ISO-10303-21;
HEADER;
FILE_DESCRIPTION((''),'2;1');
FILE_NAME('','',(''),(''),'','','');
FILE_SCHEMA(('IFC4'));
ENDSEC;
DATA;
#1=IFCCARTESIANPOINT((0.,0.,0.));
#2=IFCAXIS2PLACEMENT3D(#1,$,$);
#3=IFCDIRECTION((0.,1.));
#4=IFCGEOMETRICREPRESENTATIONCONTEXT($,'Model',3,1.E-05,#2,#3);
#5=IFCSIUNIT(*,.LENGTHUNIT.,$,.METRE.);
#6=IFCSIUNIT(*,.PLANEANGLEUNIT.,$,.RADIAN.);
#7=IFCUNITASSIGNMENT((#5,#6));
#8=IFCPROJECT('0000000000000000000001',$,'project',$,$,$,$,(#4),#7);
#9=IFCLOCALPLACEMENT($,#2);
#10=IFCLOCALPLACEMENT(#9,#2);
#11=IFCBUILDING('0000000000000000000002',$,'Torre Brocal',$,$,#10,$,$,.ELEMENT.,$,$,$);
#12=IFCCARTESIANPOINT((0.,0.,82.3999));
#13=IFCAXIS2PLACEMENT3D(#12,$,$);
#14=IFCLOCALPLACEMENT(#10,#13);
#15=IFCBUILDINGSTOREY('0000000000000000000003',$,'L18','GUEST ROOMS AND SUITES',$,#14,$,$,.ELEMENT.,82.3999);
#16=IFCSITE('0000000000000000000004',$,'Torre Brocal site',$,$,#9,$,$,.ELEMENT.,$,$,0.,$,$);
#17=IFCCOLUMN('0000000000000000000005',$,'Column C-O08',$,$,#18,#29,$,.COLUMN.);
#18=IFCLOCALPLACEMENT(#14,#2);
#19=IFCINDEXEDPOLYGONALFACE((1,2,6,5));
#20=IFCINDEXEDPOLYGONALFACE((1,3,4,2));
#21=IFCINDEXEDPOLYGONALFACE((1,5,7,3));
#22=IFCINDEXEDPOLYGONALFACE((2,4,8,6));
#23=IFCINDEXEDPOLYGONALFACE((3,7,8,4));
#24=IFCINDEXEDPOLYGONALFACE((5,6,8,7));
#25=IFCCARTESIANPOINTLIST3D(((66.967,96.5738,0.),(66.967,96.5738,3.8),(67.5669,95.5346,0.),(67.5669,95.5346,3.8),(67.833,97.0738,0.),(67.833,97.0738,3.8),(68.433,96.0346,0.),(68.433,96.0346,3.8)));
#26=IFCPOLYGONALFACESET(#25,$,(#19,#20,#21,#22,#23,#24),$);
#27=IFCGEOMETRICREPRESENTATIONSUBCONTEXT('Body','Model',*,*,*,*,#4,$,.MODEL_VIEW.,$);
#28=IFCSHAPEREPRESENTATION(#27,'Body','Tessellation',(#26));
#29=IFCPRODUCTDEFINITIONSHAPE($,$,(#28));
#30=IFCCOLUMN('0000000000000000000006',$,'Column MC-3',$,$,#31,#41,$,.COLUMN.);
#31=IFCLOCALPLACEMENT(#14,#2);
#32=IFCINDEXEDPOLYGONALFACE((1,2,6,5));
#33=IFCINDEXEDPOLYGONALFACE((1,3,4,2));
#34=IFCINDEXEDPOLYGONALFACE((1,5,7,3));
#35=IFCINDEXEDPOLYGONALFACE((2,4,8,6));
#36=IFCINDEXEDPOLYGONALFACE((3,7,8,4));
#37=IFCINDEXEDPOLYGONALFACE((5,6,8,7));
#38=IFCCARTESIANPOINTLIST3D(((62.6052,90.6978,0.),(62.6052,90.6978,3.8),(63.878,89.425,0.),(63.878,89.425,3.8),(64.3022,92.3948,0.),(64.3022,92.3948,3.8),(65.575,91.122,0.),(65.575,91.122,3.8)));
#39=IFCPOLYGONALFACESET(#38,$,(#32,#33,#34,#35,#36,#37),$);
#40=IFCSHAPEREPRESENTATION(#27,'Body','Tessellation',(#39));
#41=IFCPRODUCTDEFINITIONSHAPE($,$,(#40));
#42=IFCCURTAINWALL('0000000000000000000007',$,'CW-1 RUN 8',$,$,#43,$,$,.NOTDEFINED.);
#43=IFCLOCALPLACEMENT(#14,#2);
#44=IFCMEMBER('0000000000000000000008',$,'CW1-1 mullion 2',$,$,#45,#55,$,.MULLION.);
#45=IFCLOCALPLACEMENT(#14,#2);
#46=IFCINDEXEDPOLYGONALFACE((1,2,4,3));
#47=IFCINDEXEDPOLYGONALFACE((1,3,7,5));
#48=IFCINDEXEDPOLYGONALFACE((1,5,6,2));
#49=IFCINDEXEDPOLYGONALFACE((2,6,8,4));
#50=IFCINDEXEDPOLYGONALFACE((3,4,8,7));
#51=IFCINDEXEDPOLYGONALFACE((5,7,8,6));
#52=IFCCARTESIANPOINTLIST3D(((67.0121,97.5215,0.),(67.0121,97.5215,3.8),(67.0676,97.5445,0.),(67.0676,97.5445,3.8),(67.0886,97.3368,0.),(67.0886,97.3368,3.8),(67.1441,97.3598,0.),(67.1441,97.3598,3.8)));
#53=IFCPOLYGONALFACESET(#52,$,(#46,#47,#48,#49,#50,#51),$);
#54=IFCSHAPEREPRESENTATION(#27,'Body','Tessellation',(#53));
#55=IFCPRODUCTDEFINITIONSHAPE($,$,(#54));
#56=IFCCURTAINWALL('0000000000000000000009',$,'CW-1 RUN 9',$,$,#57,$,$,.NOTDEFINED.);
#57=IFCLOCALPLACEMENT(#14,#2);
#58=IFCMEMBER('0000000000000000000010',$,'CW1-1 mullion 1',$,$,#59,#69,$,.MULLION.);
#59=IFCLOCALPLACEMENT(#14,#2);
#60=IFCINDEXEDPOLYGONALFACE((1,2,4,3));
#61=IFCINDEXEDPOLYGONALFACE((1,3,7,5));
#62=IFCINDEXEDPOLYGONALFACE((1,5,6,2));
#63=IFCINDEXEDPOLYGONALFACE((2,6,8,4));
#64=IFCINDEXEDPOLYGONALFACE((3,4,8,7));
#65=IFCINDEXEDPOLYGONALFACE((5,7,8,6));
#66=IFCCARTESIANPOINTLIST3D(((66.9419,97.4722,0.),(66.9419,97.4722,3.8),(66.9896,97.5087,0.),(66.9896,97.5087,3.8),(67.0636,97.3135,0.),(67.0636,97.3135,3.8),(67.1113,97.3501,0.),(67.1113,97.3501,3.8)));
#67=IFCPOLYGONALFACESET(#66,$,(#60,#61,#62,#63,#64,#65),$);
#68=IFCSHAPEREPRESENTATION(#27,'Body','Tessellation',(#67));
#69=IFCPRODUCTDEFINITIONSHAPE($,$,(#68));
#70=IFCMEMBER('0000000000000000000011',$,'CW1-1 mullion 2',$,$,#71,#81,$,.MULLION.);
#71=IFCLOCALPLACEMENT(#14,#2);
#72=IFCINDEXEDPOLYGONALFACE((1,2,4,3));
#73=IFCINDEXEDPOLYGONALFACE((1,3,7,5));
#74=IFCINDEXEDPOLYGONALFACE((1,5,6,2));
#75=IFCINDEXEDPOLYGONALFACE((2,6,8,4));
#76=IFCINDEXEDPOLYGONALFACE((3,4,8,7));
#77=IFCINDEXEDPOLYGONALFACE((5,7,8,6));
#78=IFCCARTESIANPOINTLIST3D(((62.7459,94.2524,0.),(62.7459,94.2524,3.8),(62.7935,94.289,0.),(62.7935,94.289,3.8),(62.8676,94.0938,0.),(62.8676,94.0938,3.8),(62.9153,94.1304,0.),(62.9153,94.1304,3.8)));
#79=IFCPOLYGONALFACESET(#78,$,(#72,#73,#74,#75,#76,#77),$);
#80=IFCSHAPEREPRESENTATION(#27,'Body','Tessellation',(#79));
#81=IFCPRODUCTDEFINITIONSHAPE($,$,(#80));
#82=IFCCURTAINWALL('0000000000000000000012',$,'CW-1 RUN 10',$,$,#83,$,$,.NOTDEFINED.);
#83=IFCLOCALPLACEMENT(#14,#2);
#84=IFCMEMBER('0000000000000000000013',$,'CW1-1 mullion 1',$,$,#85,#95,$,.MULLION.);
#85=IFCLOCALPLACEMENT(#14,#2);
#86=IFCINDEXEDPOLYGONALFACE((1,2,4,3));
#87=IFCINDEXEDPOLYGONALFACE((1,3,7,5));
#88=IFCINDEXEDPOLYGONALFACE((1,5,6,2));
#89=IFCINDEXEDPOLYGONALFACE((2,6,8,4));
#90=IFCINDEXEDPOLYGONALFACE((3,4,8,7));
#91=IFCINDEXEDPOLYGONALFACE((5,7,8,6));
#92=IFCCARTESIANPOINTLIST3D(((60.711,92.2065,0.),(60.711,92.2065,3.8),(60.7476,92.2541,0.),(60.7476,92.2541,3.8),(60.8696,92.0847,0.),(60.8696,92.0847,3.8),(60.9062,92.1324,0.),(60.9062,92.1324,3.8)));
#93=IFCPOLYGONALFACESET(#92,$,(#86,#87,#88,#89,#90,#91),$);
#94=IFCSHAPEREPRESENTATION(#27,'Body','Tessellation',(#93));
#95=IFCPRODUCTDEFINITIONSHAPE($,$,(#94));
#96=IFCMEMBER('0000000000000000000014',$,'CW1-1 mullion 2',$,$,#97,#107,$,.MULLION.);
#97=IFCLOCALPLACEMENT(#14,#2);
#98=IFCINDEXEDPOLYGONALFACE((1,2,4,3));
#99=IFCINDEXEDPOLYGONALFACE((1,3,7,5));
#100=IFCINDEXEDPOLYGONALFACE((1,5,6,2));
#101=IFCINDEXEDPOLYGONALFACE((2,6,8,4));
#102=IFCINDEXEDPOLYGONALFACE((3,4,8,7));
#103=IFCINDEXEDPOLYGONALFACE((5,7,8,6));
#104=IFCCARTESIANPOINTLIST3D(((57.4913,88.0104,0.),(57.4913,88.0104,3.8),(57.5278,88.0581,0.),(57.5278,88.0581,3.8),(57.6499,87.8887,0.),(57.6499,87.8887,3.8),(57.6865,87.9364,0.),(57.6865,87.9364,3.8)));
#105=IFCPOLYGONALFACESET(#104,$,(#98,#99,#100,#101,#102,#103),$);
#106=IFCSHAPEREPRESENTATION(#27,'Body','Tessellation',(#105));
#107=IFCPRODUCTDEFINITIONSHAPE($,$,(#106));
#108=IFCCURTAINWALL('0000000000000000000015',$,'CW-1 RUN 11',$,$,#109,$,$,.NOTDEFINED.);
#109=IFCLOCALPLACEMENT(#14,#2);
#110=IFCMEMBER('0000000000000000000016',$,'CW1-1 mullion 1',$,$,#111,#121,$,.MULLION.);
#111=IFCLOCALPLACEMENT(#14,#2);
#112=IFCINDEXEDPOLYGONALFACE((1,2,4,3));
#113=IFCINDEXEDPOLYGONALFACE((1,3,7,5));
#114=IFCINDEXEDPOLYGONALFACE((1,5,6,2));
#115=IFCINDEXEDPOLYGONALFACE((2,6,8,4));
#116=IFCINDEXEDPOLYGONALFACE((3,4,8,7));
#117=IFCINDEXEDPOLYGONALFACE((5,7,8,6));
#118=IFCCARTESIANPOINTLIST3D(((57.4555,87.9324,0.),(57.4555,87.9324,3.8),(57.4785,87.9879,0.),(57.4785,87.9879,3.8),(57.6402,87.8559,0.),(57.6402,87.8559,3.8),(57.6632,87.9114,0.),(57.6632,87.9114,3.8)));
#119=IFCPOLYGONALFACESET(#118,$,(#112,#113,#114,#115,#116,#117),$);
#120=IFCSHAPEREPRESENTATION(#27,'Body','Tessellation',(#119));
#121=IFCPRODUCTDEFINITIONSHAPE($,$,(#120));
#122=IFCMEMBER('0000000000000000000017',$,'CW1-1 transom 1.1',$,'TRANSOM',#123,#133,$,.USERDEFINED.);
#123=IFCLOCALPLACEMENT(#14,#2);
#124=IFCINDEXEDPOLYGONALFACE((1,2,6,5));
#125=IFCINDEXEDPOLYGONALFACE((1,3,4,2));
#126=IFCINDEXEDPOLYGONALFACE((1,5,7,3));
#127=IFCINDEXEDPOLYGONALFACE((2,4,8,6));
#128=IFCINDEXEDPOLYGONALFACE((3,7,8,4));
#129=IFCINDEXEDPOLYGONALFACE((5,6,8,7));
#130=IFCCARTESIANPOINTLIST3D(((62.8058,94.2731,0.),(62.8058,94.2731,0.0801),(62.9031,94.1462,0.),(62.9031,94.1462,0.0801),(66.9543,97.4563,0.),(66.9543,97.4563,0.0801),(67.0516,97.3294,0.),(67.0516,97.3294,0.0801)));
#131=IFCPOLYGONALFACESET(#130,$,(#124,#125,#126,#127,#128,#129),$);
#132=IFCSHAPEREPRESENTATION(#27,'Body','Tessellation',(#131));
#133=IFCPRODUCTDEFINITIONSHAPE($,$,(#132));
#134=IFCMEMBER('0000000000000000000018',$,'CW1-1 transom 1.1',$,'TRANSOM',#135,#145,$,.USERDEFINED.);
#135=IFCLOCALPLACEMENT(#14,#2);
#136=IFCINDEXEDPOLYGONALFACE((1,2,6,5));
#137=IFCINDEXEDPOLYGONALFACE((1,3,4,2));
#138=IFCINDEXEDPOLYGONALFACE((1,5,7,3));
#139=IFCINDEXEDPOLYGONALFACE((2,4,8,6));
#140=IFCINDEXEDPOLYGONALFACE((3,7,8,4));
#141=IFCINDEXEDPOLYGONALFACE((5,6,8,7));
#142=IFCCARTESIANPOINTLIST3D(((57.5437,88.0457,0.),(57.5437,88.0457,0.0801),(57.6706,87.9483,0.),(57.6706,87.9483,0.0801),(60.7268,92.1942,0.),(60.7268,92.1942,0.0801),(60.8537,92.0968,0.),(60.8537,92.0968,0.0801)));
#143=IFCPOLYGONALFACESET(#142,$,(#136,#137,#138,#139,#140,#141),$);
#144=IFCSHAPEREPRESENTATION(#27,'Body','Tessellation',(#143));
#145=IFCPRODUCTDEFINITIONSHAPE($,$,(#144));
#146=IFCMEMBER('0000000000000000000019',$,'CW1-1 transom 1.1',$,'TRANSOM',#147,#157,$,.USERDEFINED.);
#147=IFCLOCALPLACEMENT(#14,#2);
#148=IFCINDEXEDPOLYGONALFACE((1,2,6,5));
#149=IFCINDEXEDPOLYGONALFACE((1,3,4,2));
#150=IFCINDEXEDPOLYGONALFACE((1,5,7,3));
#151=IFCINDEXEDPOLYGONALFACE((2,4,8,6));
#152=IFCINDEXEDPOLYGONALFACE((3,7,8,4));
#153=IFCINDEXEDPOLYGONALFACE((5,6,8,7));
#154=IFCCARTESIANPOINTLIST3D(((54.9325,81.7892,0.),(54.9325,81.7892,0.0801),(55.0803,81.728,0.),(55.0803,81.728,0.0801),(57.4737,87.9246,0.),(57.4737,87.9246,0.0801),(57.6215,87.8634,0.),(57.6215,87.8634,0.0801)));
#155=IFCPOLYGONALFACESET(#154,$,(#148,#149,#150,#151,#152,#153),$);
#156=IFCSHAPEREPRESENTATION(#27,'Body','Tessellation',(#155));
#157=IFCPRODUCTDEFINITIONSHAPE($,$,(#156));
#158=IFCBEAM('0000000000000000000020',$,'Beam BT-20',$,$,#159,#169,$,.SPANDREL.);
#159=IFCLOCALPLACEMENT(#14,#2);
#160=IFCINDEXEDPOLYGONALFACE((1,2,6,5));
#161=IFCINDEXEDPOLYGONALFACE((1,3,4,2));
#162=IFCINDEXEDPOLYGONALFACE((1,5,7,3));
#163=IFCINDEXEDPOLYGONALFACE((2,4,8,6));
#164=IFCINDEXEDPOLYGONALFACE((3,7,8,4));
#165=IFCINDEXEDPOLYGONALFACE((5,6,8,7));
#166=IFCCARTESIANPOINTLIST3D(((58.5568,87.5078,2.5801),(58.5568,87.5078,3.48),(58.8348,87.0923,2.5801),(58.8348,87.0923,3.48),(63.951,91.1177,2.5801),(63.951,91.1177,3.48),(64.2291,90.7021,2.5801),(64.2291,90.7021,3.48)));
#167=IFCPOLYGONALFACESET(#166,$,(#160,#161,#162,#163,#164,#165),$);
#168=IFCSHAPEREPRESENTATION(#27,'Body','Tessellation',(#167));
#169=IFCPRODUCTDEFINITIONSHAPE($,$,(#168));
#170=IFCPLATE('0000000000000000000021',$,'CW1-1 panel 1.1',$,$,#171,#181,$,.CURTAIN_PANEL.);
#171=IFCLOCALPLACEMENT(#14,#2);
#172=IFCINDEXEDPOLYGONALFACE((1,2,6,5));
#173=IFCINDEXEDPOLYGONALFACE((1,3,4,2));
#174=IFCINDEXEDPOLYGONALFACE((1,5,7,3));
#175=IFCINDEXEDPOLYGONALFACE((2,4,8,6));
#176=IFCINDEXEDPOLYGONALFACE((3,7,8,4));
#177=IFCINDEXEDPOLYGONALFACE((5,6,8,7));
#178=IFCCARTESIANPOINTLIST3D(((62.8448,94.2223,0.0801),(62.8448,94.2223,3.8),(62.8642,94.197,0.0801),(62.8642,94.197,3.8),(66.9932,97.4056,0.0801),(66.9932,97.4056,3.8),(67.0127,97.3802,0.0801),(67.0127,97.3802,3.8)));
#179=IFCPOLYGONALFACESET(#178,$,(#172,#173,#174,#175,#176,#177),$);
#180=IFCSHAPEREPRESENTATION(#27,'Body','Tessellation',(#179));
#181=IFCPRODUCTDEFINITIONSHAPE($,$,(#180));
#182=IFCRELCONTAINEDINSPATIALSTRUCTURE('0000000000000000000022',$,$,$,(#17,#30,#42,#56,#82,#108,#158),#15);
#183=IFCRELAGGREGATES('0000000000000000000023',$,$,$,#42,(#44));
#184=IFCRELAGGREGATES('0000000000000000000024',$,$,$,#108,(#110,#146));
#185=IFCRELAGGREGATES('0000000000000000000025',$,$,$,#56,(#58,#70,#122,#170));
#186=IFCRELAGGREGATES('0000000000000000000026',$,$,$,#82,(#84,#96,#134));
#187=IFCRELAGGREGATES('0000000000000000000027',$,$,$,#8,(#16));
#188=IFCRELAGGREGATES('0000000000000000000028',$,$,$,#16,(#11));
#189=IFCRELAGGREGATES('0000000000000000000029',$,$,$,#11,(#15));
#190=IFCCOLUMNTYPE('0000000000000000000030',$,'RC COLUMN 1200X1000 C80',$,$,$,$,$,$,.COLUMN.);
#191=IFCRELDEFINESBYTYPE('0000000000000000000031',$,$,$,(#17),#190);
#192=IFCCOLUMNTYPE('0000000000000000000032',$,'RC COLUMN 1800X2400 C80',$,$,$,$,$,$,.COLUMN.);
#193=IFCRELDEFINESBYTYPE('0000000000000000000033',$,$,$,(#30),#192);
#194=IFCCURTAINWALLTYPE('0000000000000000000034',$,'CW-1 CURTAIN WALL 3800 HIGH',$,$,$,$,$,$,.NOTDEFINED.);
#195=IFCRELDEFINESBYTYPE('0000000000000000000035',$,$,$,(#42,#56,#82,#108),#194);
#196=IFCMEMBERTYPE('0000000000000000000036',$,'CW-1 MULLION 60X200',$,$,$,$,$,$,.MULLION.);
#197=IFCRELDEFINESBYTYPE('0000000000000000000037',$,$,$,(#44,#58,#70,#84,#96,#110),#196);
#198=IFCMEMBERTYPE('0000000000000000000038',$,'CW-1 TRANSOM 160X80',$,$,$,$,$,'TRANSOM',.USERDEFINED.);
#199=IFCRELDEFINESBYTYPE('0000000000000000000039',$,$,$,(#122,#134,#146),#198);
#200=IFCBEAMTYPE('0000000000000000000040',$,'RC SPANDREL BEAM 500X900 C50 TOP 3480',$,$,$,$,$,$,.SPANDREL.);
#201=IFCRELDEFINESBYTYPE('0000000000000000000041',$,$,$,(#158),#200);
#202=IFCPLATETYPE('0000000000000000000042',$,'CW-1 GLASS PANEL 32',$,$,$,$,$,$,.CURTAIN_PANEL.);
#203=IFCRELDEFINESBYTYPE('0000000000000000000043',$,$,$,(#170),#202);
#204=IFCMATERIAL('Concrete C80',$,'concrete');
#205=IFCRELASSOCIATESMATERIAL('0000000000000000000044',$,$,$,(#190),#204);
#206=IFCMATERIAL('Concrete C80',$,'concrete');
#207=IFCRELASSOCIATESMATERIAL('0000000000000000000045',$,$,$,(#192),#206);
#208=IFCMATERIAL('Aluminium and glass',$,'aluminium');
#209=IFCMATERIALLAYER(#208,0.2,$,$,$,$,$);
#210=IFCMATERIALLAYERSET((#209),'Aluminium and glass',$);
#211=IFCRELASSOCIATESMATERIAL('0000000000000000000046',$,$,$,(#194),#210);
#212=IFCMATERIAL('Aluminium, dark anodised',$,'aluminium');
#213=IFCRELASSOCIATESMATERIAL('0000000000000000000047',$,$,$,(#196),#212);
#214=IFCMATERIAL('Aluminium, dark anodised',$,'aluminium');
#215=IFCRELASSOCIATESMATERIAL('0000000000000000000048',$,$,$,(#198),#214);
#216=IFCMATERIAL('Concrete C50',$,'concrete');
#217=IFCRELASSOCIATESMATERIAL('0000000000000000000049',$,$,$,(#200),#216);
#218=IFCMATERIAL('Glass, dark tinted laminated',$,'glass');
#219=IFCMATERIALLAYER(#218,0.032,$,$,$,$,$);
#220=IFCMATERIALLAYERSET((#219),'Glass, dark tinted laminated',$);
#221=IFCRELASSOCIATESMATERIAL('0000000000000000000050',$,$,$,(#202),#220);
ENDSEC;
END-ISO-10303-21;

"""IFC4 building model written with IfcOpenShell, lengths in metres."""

from ifc_helpers import new_model, si_unit, direction, frame, origin, origin_2d, place, context, subcontext, project, spatial, rectangle, extrude, material, layer, layer_set, material_profile, profile_set, type_object, element, aggregate, save


model = new_model("IFC4")

# Units and contexts
model_context = context("Model", 3, precision=1e-05, world=origin(), true_north=direction((0.0, 1.0)))
body_context = subcontext(model_context, "Body", "Model", "MODEL_VIEW")
ifc_project = project(units=[si_unit("LENGTHUNIT", "METRE"), si_unit("PLANEANGLEUNIT", "RADIAN")], contexts=[model_context])

# Site, building, storey
site_placement = place(None, origin())
site = spatial("IfcSite", under=ifc_project, at=site_placement, Name="Torre Brocal site", CompositionType="ELEMENT", RefElevation=0.0)
building_placement = place(site_placement, origin())
building = spatial("IfcBuilding", under=site, at=building_placement, Name="Torre Brocal", CompositionType="ELEMENT")
storey_placement = place(building_placement, frame((0.0, 0.0, 82.3999)))
storey = spatial("IfcBuildingStorey", under=building, at=storey_placement, Name="L18", Description="GUEST ROOMS AND SUITES", CompositionType="ELEMENT", Elevation=82.3999)

# Columns
ifc_material_1 = material(Name="Concrete C80", Category="concrete")
ifc_material_profile_1 = material_profile(ifc_material_1, rectangle(XDim=1.2, YDim=1.0, at=origin_2d()), Name="RC 1200X1000")
ifc_profile_set_1 = profile_set([ifc_material_profile_1], Name="Concrete C80")
column_type_1 = type_object("IfcColumnType", Name="RC COLUMN 1200X1000 C80", PredefinedType="COLUMN", material=ifc_profile_set_1)
column_1_placement = place(storey_placement, frame((67.7, 96.3042, 0.0), z_axis=(0.0, 0.0, 1.0), x_axis=(-0.5, 0.866025, 0.0)))
element("IfcColumn", 1, at=column_1_placement, inside=storey, type_object=column_type_1, Name="Column C-O08", PredefinedType="COLUMN", context=body_context, shape_type="SweptSolid", body=[
    extrude(rectangle(XDim=1.2, YDim=1.0, at=origin_2d()), origin(), (0.0, 0.0, 1.0), 3.8),
])
ifc_material_2 = material(Name="Concrete C80", Category="concrete")
ifc_material_profile_2 = material_profile(ifc_material_2, rectangle(XDim=1.8, YDim=2.3999, at=origin_2d()), Name="RC 1800X2400")
ifc_profile_set_2 = profile_set([ifc_material_profile_2], Name="Concrete C80")
column_type_2 = type_object("IfcColumnType", Name="RC COLUMN 1800X2400 C80", PredefinedType="COLUMN", material=ifc_profile_set_2)
column_2_placement = place(storey_placement, frame((64.0901, 90.9099, 0.0), z_axis=(0.0, 0.0, 1.0), x_axis=(-0.707107, 0.707107, 0.0)))
element("IfcColumn", 2, at=column_2_placement, inside=storey, type_object=column_type_2, Name="Column MC-3", PredefinedType="COLUMN", context=body_context, shape_type="SweptSolid", body=[
    extrude(rectangle(XDim=1.8, YDim=2.3999, at=origin_2d()), origin(), (0.0, 0.0, 1.0), 3.8),
])

# Curtain wall, member
ifc_material_3 = material(Name="Aluminium and glass", Category="aluminium")
ifc_layer_1 = layer(ifc_material_3, 0.2)
ifc_layer_set_1 = layer_set([ifc_layer_1], Name="Aluminium and glass")
curtain_wall_type = type_object("IfcCurtainWallType", Name="CW-1 CURTAIN WALL 3800 HIGH", PredefinedType="NOTDEFINED", material=ifc_layer_set_1)
curtain_wall_1_placement = place(storey_placement, origin())
curtain_wall_1 = element("IfcCurtainWall", 3, at=curtain_wall_1_placement, inside=storey, type_object=curtain_wall_type, Name="CW-1 RUN 8", PredefinedType="NOTDEFINED")
ifc_material_4 = material(Name="Aluminium, dark anodised", Category="aluminium")
ifc_material_profile_3 = material_profile(ifc_material_4, rectangle(XDim=0.2, YDim=0.0601, at=origin_2d()), Name="CW-1 MULLION 60X200")
ifc_profile_set_3 = profile_set([ifc_material_profile_3], Name="Aluminium, dark anodised")
member_type_1 = type_object("IfcMemberType", Name="CW-1 MULLION 60X200", PredefinedType="MULLION", material=ifc_profile_set_3)
member_1_placement = place(storey_placement, frame((67.0781, 97.4407, 0.0), z_axis=(0.0, 0.0, 1.0), x_axis=(0.382683, -0.92388, 0.0)))
member_1 = element("IfcMember", 4, at=member_1_placement, type_object=member_type_1, Name="CW1-1 mullion 2", PredefinedType="MULLION", context=body_context, shape_type="SweptSolid", body=[
    extrude(rectangle(XDim=0.2, YDim=0.0601, at=origin_2d()), origin(), (0.0, 0.0, 1.0), 3.8),
])
aggregate(curtain_wall_1, [member_1])

# Curtain walls, members
curtain_wall_2_placement = place(storey_placement, origin())
curtain_wall_2 = element("IfcCurtainWall", 5, at=curtain_wall_2_placement, inside=storey, type_object=curtain_wall_type, Name="CW-1 RUN 9", PredefinedType="NOTDEFINED")
member_2_placement = place(storey_placement, frame((67.0266, 97.4111, 0.0), z_axis=(0.0, 0.0, 1.0), x_axis=(0.608761, -0.793353, 0.0)))
member_2 = element("IfcMember", 6, at=member_2_placement, type_object=member_type_1, Name="CW1-1 mullion 1", PredefinedType="MULLION", context=body_context, shape_type="SweptSolid", body=[
    extrude(rectangle(XDim=0.2, YDim=0.0601, at=origin_2d()), origin(), (0.0, 0.0, 1.0), 3.8),
])
member_3_placement = place(storey_placement, frame((62.8306, 94.1914, 0.0), z_axis=(0.0, 0.0, 1.0), x_axis=(0.608761, -0.793353, 0.0)))
member_3 = element("IfcMember", 7, at=member_3_placement, type_object=member_type_1, Name="CW1-1 mullion 2", PredefinedType="MULLION", context=body_context, shape_type="SweptSolid", body=[
    extrude(rectangle(XDim=0.2, YDim=0.0601, at=origin_2d()), origin(), (0.0, 0.0, 1.0), 3.8),
])
curtain_wall_3_placement = place(storey_placement, origin())
curtain_wall_3 = element("IfcCurtainWall", 8, at=curtain_wall_3_placement, inside=storey, type_object=curtain_wall_type, Name="CW-1 RUN 10", PredefinedType="NOTDEFINED")
member_4_placement = place(storey_placement, frame((60.8086, 92.1694, 0.0), z_axis=(0.0, 0.0, 1.0), x_axis=(0.793353, -0.608761, 0.0)))
member_4 = element("IfcMember", 9, at=member_4_placement, type_object=member_type_1, Name="CW1-1 mullion 1", PredefinedType="MULLION", context=body_context, shape_type="SweptSolid", body=[
    extrude(rectangle(XDim=0.2, YDim=0.0601, at=origin_2d()), origin(), (0.0, 0.0, 1.0), 3.8),
])
member_5_placement = place(storey_placement, frame((57.5889, 87.9734, 0.0), z_axis=(0.0, 0.0, 1.0), x_axis=(0.793353, -0.608761, 0.0)))
member_5 = element("IfcMember", 10, at=member_5_placement, type_object=member_type_1, Name="CW1-1 mullion 2", PredefinedType="MULLION", context=body_context, shape_type="SweptSolid", body=[
    extrude(rectangle(XDim=0.2, YDim=0.0601, at=origin_2d()), origin(), (0.0, 0.0, 1.0), 3.8),
])

# Curtain wall, member
curtain_wall_4_placement = place(storey_placement, origin())
curtain_wall_4 = element("IfcCurtainWall", 11, at=curtain_wall_4_placement, inside=storey, type_object=curtain_wall_type, Name="CW-1 RUN 11", PredefinedType="NOTDEFINED")
member_6_placement = place(storey_placement, frame((57.5593, 87.9219, 0.0), z_axis=(0.0, 0.0, 1.0), x_axis=(0.92388, -0.382683, 0.0)))
member_6 = element("IfcMember", 12, at=member_6_placement, type_object=member_type_1, Name="CW1-1 mullion 1", PredefinedType="MULLION", context=body_context, shape_type="SweptSolid", body=[
    extrude(rectangle(XDim=0.2, YDim=0.0601, at=origin_2d()), origin(), (0.0, 0.0, 1.0), 3.8),
])

# Members
ifc_material_5 = material(Name="Aluminium, dark anodised", Category="aluminium")
ifc_material_profile_4 = material_profile(ifc_material_5, rectangle(XDim=0.1599, YDim=0.0801, at=origin_2d()), Name="CW-1 TRANSOM 160X80")
ifc_profile_set_4 = profile_set([ifc_material_profile_4], Name="Aluminium, dark anodised")
member_type_2 = type_object("IfcMemberType", Name="CW-1 TRANSOM 160X80", ElementType="TRANSOM", PredefinedType="USERDEFINED", material=ifc_profile_set_4)
member_7_placement = place(storey_placement, frame((67.0029, 97.3928, 0.04), z_axis=(-0.793363, -0.608749, 0.0), x_axis=(0.608749, -0.793363, 0.0)))
member_7 = element("IfcMember", 13, at=member_7_placement, type_object=member_type_2, Name="CW1-1 transom 1.1", ObjectType="TRANSOM", PredefinedType="USERDEFINED", context=body_context, shape_type="SweptSolid", body=[
    extrude(rectangle(XDim=0.1599, YDim=0.0801, at=origin_2d()), origin(), (0.0, 0.0, 1.0), 5.229),
])
member_8_placement = place(storey_placement, frame((60.7903, 92.1455, 0.04), z_axis=(-0.608749, -0.793363, 0.0), x_axis=(0.793363, -0.608749, 0.0)))
member_8 = element("IfcMember", 14, at=member_8_placement, type_object=member_type_2, Name="CW1-1 transom 1.1", ObjectType="TRANSOM", PredefinedType="USERDEFINED", context=body_context, shape_type="SweptSolid", body=[
    extrude(rectangle(XDim=0.1599, YDim=0.0801, at=origin_2d()), origin(), (0.0, 0.0, 1.0), 5.229),
])
member_9_placement = place(storey_placement, frame((57.5476, 87.894, 0.04), z_axis=(-0.382665, -0.923887, 0.0), x_axis=(0.923887, -0.382665, 0.0)))
member_9 = element("IfcMember", 15, at=member_9_placement, type_object=member_type_2, Name="CW1-1 transom 1.1", ObjectType="TRANSOM", PredefinedType="USERDEFINED", context=body_context, shape_type="SweptSolid", body=[
    extrude(rectangle(XDim=0.1599, YDim=0.0801, at=origin_2d()), origin(), (0.0, 0.0, 1.0), 6.6409),
])
aggregate(curtain_wall_4, [member_6, member_9])

# Beam
ifc_material_6 = material(Name="Concrete C50", Category="concrete")
ifc_material_profile_5 = material_profile(ifc_material_6, rectangle(XDim=0.5, YDim=0.8999, at=origin_2d()), Name="RC 500X900")
ifc_profile_set_5 = profile_set([ifc_material_profile_5], Name="Concrete C50")
beam_type = type_object("IfcBeamType", Name="RC SPANDREL BEAM 500X900 C50 TOP 3480", PredefinedType="SPANDREL", material=ifc_profile_set_5)
beam_placement = place(storey_placement, frame((64.0901, 90.9099, 3.03), z_axis=(-0.831077, -0.556158, 0.0), x_axis=(0.556158, -0.831077, 0.0)))
element("IfcBeam", 16, at=beam_placement, inside=storey, type_object=beam_type, Name="Beam BT-20", PredefinedType="SPANDREL", context=body_context, shape_type="SweptSolid", body=[
    extrude(rectangle(XDim=0.5, YDim=0.8999, at=origin_2d()), origin(), (0.0, 0.0, 1.0), 6.4907),
])

# Plate
ifc_material_7 = material(Name="Glass, dark tinted laminated", Category="glass")
ifc_layer_2 = layer(ifc_material_7, 0.032)
ifc_layer_set_2 = layer_set([ifc_layer_2], Name="Glass, dark tinted laminated")
plate_type = type_object("IfcPlateType", Name="CW-1 GLASS PANEL 32", PredefinedType="CURTAIN_PANEL", material=ifc_layer_set_2)
plate_1_placement = place(storey_placement, frame((64.9287, 95.8013, 0.0801), z_axis=(0.0, 0.0, 1.0), x_axis=(-0.793353, -0.608761, 0.0)))
plate_1 = element("IfcPlate", 17, at=plate_1_placement, type_object=plate_type, Name="CW1-1 panel 1.1", PredefinedType="CURTAIN_PANEL", context=body_context, shape_type="SweptSolid", body=[
    extrude(rectangle(XDim=5.229, YDim=0.032, at=origin_2d()), origin(), (0.0, 0.0, 1.0), 3.72),
])
aggregate(curtain_wall_2, [member_2, member_3, member_7, plate_1])
aggregate(curtain_wall_3, [member_4, member_5, member_8])

save(model, "model.ifc")
